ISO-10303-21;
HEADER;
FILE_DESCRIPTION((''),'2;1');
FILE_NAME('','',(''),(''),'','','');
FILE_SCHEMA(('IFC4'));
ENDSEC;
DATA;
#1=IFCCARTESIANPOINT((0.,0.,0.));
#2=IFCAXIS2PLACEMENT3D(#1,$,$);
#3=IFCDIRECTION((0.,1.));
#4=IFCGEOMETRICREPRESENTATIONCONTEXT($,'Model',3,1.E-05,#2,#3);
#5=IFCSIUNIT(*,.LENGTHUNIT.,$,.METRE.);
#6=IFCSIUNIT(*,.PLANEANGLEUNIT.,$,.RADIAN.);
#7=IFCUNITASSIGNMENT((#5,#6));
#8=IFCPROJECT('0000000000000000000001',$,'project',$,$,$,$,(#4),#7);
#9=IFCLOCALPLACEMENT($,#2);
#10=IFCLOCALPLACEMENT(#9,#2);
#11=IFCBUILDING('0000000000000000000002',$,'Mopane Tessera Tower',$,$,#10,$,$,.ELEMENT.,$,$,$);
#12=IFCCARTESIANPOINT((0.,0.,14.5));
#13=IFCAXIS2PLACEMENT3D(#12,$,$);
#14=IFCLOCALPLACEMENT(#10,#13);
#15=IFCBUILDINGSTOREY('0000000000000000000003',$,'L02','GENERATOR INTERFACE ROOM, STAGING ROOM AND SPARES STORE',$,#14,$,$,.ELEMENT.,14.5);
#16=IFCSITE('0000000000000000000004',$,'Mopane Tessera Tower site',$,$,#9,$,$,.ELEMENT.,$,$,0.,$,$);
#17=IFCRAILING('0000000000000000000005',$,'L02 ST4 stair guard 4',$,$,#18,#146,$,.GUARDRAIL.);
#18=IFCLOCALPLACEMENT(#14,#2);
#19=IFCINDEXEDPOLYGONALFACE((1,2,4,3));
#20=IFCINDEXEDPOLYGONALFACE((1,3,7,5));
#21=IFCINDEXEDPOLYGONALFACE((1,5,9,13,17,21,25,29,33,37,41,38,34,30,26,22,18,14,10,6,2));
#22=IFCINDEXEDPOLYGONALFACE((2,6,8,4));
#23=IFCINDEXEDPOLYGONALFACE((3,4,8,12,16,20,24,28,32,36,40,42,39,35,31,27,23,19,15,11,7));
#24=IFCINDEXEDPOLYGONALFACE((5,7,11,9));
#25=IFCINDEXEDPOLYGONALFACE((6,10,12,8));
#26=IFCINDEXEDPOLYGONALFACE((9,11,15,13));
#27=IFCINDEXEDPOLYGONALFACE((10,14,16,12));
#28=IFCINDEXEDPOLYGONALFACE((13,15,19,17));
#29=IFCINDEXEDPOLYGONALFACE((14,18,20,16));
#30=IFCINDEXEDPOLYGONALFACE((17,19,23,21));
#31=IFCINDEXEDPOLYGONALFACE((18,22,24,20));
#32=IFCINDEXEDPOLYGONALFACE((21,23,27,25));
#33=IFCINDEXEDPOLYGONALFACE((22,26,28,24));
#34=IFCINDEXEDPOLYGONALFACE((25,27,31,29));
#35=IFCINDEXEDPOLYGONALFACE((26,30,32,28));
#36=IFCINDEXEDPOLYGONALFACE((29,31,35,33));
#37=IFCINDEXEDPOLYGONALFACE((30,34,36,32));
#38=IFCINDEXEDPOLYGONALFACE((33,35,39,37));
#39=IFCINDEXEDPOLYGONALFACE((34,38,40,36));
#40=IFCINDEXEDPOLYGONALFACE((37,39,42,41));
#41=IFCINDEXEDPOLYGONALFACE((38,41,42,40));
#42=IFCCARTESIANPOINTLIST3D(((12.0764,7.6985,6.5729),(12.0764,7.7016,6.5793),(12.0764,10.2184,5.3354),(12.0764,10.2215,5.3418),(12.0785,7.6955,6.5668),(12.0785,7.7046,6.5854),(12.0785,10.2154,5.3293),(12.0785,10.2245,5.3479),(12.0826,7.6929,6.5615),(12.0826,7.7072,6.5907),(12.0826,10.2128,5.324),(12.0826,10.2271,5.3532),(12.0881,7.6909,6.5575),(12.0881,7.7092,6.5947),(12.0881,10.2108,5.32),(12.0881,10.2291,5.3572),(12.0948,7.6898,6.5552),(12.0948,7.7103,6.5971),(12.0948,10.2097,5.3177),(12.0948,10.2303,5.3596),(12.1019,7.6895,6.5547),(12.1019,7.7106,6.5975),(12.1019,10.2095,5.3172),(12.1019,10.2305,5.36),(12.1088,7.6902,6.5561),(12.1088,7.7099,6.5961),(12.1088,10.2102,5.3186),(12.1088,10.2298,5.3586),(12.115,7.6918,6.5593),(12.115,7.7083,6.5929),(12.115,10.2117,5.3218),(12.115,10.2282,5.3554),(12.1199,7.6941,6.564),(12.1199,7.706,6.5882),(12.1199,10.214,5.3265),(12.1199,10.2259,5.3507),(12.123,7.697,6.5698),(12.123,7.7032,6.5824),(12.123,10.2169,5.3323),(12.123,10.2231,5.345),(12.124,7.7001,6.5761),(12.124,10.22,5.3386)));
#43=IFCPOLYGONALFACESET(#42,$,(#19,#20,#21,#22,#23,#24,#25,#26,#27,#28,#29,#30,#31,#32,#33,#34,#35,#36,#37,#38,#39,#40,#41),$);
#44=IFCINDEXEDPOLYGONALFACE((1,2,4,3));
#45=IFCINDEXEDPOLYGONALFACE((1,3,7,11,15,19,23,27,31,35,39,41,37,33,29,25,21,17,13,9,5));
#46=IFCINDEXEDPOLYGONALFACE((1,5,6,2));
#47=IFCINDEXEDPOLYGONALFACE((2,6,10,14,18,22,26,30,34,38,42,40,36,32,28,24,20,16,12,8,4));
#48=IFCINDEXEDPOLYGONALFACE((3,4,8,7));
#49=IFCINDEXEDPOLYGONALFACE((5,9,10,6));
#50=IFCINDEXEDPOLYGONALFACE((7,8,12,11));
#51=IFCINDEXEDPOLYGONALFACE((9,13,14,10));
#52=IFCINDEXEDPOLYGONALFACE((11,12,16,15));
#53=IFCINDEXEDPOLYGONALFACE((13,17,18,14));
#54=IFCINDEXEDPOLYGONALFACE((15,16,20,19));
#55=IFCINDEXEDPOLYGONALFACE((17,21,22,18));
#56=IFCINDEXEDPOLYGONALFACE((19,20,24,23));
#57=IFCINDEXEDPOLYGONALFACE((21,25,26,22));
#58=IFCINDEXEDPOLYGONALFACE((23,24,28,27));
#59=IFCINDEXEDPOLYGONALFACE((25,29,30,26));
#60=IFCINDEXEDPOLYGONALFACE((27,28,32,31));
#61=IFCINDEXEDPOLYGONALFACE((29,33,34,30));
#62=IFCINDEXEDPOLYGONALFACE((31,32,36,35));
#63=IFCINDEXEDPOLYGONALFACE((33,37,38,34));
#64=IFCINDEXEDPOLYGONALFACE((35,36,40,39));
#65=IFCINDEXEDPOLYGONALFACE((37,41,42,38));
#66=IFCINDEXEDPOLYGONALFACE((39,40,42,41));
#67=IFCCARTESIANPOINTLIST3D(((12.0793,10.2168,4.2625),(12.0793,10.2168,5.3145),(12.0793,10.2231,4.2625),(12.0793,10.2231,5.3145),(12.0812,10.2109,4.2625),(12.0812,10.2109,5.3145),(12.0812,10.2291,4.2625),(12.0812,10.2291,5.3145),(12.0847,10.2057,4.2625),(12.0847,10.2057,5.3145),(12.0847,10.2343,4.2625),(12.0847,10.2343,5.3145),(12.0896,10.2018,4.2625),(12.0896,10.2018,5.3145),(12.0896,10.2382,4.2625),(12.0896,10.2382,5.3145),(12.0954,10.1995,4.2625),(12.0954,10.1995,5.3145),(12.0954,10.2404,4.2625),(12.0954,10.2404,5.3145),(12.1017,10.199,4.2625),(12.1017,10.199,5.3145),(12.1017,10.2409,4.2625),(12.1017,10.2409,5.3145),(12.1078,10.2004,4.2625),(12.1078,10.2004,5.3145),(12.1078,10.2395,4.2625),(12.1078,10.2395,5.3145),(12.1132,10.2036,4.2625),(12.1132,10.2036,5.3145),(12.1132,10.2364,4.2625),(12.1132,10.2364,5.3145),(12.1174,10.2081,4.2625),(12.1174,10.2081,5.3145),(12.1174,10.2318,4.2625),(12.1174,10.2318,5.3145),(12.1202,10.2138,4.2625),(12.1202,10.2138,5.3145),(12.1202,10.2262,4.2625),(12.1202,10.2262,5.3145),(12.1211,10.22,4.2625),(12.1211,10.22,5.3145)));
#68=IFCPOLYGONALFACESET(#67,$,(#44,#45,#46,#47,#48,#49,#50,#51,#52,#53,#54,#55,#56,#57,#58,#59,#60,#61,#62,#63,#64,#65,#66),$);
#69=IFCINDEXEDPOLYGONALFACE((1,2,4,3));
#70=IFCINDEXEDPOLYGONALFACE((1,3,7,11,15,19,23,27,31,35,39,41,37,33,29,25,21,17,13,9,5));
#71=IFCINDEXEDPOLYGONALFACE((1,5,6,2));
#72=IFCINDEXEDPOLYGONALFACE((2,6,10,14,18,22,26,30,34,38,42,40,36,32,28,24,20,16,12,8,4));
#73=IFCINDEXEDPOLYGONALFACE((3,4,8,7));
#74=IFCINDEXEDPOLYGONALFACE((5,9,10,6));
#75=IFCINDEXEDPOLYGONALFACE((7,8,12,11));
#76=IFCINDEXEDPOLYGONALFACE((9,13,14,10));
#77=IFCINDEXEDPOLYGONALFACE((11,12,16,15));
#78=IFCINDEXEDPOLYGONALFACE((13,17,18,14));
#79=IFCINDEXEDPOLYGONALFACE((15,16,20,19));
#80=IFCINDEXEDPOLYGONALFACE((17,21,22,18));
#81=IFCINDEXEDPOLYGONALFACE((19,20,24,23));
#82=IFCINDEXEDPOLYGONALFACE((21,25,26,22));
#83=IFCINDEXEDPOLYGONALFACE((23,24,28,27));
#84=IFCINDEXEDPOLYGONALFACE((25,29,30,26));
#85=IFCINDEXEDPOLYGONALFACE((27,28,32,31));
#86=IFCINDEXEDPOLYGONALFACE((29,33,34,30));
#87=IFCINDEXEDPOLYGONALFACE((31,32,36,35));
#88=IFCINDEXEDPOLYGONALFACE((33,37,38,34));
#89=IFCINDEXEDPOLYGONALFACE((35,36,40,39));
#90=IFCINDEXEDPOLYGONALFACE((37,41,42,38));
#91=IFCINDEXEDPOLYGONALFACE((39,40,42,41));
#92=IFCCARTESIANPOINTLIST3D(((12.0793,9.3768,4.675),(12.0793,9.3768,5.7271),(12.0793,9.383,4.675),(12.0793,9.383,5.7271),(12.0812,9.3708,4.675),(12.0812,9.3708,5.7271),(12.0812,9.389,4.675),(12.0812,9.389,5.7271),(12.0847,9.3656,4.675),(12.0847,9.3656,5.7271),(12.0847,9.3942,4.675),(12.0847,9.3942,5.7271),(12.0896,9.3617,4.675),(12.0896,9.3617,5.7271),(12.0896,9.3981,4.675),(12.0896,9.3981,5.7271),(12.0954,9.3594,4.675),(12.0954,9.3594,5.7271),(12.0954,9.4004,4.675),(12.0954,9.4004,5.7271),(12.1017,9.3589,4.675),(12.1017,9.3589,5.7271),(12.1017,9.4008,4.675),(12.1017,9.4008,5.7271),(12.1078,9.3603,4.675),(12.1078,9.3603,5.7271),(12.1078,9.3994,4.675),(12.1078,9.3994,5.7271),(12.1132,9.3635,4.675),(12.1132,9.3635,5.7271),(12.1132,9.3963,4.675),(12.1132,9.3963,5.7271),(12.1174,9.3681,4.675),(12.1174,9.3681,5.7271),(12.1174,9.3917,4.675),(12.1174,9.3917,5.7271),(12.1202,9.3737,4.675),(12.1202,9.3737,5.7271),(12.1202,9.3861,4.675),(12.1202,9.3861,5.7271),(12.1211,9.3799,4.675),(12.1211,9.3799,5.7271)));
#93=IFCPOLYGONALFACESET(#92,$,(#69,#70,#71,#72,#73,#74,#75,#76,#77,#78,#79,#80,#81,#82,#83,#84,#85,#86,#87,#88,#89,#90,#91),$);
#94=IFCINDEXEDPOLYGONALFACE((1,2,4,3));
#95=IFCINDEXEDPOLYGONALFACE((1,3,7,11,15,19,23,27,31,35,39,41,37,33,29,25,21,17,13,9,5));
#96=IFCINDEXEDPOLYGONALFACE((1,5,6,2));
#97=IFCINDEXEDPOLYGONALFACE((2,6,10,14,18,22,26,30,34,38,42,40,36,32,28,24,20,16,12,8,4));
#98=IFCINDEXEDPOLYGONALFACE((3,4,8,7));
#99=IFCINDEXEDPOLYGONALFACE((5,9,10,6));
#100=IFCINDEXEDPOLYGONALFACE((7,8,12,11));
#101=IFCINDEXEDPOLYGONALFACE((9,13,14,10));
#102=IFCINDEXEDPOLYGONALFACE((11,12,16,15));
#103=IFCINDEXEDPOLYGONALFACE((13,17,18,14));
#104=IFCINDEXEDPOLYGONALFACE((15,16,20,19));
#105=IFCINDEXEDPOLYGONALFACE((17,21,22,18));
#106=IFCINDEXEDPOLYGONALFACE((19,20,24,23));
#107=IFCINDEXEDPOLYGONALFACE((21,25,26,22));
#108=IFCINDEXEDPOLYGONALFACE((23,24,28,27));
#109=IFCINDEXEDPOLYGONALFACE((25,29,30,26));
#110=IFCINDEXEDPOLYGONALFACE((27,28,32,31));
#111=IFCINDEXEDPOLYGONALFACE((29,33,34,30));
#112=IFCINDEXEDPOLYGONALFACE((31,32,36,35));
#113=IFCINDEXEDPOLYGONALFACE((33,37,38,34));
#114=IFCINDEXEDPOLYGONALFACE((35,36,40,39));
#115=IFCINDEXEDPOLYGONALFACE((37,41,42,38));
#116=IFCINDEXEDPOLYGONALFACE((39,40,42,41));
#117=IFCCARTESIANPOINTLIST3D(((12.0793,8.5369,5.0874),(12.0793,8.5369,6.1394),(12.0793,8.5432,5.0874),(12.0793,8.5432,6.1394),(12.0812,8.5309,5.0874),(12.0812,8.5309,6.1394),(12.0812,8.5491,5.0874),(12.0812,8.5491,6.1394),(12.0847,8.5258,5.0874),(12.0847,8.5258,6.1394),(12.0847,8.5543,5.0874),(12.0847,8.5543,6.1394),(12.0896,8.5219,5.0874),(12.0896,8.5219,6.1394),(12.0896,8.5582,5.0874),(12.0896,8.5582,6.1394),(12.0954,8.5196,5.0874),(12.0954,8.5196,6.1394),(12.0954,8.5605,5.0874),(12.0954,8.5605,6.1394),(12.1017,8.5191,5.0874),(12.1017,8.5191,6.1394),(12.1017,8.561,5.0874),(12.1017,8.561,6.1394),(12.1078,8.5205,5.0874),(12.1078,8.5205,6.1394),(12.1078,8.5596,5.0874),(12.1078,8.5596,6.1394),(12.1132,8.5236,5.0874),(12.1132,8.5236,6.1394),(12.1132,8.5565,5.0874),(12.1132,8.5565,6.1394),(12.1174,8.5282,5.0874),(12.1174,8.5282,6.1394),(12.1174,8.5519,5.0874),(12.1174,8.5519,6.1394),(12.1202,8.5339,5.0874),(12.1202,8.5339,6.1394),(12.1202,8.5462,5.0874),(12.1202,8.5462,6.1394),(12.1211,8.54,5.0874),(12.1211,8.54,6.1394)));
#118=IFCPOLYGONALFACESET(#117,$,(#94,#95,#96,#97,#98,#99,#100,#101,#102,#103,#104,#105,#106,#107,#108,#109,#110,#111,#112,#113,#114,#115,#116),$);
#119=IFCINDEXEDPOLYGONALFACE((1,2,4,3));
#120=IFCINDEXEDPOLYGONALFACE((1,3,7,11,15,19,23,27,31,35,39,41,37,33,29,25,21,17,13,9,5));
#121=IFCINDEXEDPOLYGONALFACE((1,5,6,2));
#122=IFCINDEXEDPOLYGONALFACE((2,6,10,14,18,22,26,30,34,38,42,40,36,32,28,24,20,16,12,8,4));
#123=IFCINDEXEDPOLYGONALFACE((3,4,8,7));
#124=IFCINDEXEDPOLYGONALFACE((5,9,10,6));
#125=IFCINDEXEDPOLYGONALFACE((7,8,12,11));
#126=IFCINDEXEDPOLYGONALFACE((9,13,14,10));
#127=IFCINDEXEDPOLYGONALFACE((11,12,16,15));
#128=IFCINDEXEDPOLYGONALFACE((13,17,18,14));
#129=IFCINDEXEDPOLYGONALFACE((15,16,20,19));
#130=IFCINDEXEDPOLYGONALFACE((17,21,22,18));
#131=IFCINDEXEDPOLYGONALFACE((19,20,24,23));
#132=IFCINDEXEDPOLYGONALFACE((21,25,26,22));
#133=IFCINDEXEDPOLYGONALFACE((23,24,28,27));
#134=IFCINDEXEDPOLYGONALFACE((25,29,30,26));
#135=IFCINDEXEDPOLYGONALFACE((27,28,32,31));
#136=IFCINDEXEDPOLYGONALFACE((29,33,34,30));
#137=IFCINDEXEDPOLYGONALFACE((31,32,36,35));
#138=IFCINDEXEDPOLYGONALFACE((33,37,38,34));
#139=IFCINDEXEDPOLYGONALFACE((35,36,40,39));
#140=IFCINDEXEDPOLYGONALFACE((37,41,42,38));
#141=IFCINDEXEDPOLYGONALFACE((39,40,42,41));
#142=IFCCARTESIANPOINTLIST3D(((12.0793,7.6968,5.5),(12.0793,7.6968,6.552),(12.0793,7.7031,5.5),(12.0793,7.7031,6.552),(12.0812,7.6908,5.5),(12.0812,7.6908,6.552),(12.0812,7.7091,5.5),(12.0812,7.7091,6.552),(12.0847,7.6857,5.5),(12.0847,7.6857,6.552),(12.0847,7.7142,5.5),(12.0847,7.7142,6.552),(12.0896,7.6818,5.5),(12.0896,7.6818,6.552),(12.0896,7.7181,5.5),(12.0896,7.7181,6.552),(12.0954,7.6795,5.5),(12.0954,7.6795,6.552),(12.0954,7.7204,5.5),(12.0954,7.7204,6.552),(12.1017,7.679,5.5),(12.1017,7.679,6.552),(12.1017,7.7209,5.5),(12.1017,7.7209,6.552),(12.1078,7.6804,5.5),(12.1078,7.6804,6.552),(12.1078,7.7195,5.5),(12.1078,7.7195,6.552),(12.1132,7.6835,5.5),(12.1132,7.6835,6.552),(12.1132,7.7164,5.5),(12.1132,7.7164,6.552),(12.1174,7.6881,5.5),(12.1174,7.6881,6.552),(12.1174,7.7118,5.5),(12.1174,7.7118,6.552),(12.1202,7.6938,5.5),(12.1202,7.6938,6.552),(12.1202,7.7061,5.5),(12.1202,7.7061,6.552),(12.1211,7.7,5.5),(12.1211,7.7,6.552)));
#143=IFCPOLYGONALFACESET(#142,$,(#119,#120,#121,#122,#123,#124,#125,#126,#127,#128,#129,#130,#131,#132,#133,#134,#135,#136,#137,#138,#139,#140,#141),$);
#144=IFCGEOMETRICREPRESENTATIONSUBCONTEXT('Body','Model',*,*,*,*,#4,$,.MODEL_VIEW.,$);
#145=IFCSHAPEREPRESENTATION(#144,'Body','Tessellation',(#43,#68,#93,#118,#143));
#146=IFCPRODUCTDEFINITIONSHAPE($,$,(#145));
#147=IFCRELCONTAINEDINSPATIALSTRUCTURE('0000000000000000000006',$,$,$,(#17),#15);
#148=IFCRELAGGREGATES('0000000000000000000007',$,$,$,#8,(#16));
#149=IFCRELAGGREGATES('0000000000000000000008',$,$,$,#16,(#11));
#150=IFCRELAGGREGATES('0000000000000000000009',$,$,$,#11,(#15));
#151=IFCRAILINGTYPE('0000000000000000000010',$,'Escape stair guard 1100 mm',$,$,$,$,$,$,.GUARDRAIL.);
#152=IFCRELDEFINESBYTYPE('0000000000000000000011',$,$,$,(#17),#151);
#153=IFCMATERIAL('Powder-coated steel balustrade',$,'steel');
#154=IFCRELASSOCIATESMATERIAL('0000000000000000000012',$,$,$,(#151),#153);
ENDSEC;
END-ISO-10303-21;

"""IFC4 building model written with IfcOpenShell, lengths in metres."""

from ifc_helpers import new_model, si_unit, direction, frame, origin, origin_2d, place, context, subcontext, project, spatial, circle, extrude, material, type_object, element, save


model = new_model("IFC4")

# Units and contexts
model_context = context("Model", 3, precision=1e-05, world=origin(), true_north=direction((0.0, 1.0)))
body_context = subcontext(model_context, "Body", "Model", "MODEL_VIEW")
ifc_project = project(units=[si_unit("LENGTHUNIT", "METRE"), si_unit("PLANEANGLEUNIT", "RADIAN")], contexts=[model_context])

# Site, building, storey
site_placement = place(None, origin())
site = spatial("IfcSite", under=ifc_project, at=site_placement, Name="Mopane Tessera Tower site", CompositionType="ELEMENT", RefElevation=0.0)
building_placement = place(site_placement, origin())
building = spatial("IfcBuilding", under=site, at=building_placement, Name="Mopane Tessera Tower", CompositionType="ELEMENT")
storey_placement = place(building_placement, frame((0.0, 0.0, 14.5)))
storey = spatial("IfcBuildingStorey", under=building, at=storey_placement, Name="L02", Description="GENERATOR INTERFACE ROOM, STAGING ROOM AND SPARES STORE", CompositionType="ELEMENT", Elevation=14.5)

# Railing
ifc_material_1 = material(Name="Powder-coated steel balustrade", Category="steel")
railing_type_1 = type_object("IfcRailingType", Name="Escape stair guard 1100 mm", PredefinedType="GUARDRAIL", material=ifc_material_1)
railing_1_placement = place(storey_placement, frame((12.1001, 10.22, 4.2625)))
element("IfcRailing", 1, at=railing_1_placement, inside=storey, type_object=railing_type_1, Name="L02 ST4 stair guard 4", PredefinedType="GUARDRAIL", context=body_context, shape_type="SweptSolid", body=[
    extrude(circle(Radius=0.0239, at=origin_2d()), frame((0.0, 0.0, 1.0762), z_axis=(0.0, -0.897604, 0.440802), x_axis=(1.0, 0.0, 0.0)), (0.0, 0.0, 1.0), 2.8074),
    extrude(circle(Radius=0.021, at=origin_2d()), origin(), (0.0, 0.0, 1.0), 1.052),
    extrude(circle(Radius=0.021, at=origin_2d()), frame((0.0, -0.8401, 0.4126)), (0.0, 0.0, 1.0), 1.052),
    extrude(circle(Radius=0.021, at=origin_2d()), frame((0.0, -1.6799, 0.825)), (0.0, 0.0, 1.0), 1.052),
    extrude(circle(Radius=0.021, at=origin_2d()), frame((0.0, -2.52, 1.2375)), (0.0, 0.0, 1.0), 1.052),
])

save(model, "model.ifc")
